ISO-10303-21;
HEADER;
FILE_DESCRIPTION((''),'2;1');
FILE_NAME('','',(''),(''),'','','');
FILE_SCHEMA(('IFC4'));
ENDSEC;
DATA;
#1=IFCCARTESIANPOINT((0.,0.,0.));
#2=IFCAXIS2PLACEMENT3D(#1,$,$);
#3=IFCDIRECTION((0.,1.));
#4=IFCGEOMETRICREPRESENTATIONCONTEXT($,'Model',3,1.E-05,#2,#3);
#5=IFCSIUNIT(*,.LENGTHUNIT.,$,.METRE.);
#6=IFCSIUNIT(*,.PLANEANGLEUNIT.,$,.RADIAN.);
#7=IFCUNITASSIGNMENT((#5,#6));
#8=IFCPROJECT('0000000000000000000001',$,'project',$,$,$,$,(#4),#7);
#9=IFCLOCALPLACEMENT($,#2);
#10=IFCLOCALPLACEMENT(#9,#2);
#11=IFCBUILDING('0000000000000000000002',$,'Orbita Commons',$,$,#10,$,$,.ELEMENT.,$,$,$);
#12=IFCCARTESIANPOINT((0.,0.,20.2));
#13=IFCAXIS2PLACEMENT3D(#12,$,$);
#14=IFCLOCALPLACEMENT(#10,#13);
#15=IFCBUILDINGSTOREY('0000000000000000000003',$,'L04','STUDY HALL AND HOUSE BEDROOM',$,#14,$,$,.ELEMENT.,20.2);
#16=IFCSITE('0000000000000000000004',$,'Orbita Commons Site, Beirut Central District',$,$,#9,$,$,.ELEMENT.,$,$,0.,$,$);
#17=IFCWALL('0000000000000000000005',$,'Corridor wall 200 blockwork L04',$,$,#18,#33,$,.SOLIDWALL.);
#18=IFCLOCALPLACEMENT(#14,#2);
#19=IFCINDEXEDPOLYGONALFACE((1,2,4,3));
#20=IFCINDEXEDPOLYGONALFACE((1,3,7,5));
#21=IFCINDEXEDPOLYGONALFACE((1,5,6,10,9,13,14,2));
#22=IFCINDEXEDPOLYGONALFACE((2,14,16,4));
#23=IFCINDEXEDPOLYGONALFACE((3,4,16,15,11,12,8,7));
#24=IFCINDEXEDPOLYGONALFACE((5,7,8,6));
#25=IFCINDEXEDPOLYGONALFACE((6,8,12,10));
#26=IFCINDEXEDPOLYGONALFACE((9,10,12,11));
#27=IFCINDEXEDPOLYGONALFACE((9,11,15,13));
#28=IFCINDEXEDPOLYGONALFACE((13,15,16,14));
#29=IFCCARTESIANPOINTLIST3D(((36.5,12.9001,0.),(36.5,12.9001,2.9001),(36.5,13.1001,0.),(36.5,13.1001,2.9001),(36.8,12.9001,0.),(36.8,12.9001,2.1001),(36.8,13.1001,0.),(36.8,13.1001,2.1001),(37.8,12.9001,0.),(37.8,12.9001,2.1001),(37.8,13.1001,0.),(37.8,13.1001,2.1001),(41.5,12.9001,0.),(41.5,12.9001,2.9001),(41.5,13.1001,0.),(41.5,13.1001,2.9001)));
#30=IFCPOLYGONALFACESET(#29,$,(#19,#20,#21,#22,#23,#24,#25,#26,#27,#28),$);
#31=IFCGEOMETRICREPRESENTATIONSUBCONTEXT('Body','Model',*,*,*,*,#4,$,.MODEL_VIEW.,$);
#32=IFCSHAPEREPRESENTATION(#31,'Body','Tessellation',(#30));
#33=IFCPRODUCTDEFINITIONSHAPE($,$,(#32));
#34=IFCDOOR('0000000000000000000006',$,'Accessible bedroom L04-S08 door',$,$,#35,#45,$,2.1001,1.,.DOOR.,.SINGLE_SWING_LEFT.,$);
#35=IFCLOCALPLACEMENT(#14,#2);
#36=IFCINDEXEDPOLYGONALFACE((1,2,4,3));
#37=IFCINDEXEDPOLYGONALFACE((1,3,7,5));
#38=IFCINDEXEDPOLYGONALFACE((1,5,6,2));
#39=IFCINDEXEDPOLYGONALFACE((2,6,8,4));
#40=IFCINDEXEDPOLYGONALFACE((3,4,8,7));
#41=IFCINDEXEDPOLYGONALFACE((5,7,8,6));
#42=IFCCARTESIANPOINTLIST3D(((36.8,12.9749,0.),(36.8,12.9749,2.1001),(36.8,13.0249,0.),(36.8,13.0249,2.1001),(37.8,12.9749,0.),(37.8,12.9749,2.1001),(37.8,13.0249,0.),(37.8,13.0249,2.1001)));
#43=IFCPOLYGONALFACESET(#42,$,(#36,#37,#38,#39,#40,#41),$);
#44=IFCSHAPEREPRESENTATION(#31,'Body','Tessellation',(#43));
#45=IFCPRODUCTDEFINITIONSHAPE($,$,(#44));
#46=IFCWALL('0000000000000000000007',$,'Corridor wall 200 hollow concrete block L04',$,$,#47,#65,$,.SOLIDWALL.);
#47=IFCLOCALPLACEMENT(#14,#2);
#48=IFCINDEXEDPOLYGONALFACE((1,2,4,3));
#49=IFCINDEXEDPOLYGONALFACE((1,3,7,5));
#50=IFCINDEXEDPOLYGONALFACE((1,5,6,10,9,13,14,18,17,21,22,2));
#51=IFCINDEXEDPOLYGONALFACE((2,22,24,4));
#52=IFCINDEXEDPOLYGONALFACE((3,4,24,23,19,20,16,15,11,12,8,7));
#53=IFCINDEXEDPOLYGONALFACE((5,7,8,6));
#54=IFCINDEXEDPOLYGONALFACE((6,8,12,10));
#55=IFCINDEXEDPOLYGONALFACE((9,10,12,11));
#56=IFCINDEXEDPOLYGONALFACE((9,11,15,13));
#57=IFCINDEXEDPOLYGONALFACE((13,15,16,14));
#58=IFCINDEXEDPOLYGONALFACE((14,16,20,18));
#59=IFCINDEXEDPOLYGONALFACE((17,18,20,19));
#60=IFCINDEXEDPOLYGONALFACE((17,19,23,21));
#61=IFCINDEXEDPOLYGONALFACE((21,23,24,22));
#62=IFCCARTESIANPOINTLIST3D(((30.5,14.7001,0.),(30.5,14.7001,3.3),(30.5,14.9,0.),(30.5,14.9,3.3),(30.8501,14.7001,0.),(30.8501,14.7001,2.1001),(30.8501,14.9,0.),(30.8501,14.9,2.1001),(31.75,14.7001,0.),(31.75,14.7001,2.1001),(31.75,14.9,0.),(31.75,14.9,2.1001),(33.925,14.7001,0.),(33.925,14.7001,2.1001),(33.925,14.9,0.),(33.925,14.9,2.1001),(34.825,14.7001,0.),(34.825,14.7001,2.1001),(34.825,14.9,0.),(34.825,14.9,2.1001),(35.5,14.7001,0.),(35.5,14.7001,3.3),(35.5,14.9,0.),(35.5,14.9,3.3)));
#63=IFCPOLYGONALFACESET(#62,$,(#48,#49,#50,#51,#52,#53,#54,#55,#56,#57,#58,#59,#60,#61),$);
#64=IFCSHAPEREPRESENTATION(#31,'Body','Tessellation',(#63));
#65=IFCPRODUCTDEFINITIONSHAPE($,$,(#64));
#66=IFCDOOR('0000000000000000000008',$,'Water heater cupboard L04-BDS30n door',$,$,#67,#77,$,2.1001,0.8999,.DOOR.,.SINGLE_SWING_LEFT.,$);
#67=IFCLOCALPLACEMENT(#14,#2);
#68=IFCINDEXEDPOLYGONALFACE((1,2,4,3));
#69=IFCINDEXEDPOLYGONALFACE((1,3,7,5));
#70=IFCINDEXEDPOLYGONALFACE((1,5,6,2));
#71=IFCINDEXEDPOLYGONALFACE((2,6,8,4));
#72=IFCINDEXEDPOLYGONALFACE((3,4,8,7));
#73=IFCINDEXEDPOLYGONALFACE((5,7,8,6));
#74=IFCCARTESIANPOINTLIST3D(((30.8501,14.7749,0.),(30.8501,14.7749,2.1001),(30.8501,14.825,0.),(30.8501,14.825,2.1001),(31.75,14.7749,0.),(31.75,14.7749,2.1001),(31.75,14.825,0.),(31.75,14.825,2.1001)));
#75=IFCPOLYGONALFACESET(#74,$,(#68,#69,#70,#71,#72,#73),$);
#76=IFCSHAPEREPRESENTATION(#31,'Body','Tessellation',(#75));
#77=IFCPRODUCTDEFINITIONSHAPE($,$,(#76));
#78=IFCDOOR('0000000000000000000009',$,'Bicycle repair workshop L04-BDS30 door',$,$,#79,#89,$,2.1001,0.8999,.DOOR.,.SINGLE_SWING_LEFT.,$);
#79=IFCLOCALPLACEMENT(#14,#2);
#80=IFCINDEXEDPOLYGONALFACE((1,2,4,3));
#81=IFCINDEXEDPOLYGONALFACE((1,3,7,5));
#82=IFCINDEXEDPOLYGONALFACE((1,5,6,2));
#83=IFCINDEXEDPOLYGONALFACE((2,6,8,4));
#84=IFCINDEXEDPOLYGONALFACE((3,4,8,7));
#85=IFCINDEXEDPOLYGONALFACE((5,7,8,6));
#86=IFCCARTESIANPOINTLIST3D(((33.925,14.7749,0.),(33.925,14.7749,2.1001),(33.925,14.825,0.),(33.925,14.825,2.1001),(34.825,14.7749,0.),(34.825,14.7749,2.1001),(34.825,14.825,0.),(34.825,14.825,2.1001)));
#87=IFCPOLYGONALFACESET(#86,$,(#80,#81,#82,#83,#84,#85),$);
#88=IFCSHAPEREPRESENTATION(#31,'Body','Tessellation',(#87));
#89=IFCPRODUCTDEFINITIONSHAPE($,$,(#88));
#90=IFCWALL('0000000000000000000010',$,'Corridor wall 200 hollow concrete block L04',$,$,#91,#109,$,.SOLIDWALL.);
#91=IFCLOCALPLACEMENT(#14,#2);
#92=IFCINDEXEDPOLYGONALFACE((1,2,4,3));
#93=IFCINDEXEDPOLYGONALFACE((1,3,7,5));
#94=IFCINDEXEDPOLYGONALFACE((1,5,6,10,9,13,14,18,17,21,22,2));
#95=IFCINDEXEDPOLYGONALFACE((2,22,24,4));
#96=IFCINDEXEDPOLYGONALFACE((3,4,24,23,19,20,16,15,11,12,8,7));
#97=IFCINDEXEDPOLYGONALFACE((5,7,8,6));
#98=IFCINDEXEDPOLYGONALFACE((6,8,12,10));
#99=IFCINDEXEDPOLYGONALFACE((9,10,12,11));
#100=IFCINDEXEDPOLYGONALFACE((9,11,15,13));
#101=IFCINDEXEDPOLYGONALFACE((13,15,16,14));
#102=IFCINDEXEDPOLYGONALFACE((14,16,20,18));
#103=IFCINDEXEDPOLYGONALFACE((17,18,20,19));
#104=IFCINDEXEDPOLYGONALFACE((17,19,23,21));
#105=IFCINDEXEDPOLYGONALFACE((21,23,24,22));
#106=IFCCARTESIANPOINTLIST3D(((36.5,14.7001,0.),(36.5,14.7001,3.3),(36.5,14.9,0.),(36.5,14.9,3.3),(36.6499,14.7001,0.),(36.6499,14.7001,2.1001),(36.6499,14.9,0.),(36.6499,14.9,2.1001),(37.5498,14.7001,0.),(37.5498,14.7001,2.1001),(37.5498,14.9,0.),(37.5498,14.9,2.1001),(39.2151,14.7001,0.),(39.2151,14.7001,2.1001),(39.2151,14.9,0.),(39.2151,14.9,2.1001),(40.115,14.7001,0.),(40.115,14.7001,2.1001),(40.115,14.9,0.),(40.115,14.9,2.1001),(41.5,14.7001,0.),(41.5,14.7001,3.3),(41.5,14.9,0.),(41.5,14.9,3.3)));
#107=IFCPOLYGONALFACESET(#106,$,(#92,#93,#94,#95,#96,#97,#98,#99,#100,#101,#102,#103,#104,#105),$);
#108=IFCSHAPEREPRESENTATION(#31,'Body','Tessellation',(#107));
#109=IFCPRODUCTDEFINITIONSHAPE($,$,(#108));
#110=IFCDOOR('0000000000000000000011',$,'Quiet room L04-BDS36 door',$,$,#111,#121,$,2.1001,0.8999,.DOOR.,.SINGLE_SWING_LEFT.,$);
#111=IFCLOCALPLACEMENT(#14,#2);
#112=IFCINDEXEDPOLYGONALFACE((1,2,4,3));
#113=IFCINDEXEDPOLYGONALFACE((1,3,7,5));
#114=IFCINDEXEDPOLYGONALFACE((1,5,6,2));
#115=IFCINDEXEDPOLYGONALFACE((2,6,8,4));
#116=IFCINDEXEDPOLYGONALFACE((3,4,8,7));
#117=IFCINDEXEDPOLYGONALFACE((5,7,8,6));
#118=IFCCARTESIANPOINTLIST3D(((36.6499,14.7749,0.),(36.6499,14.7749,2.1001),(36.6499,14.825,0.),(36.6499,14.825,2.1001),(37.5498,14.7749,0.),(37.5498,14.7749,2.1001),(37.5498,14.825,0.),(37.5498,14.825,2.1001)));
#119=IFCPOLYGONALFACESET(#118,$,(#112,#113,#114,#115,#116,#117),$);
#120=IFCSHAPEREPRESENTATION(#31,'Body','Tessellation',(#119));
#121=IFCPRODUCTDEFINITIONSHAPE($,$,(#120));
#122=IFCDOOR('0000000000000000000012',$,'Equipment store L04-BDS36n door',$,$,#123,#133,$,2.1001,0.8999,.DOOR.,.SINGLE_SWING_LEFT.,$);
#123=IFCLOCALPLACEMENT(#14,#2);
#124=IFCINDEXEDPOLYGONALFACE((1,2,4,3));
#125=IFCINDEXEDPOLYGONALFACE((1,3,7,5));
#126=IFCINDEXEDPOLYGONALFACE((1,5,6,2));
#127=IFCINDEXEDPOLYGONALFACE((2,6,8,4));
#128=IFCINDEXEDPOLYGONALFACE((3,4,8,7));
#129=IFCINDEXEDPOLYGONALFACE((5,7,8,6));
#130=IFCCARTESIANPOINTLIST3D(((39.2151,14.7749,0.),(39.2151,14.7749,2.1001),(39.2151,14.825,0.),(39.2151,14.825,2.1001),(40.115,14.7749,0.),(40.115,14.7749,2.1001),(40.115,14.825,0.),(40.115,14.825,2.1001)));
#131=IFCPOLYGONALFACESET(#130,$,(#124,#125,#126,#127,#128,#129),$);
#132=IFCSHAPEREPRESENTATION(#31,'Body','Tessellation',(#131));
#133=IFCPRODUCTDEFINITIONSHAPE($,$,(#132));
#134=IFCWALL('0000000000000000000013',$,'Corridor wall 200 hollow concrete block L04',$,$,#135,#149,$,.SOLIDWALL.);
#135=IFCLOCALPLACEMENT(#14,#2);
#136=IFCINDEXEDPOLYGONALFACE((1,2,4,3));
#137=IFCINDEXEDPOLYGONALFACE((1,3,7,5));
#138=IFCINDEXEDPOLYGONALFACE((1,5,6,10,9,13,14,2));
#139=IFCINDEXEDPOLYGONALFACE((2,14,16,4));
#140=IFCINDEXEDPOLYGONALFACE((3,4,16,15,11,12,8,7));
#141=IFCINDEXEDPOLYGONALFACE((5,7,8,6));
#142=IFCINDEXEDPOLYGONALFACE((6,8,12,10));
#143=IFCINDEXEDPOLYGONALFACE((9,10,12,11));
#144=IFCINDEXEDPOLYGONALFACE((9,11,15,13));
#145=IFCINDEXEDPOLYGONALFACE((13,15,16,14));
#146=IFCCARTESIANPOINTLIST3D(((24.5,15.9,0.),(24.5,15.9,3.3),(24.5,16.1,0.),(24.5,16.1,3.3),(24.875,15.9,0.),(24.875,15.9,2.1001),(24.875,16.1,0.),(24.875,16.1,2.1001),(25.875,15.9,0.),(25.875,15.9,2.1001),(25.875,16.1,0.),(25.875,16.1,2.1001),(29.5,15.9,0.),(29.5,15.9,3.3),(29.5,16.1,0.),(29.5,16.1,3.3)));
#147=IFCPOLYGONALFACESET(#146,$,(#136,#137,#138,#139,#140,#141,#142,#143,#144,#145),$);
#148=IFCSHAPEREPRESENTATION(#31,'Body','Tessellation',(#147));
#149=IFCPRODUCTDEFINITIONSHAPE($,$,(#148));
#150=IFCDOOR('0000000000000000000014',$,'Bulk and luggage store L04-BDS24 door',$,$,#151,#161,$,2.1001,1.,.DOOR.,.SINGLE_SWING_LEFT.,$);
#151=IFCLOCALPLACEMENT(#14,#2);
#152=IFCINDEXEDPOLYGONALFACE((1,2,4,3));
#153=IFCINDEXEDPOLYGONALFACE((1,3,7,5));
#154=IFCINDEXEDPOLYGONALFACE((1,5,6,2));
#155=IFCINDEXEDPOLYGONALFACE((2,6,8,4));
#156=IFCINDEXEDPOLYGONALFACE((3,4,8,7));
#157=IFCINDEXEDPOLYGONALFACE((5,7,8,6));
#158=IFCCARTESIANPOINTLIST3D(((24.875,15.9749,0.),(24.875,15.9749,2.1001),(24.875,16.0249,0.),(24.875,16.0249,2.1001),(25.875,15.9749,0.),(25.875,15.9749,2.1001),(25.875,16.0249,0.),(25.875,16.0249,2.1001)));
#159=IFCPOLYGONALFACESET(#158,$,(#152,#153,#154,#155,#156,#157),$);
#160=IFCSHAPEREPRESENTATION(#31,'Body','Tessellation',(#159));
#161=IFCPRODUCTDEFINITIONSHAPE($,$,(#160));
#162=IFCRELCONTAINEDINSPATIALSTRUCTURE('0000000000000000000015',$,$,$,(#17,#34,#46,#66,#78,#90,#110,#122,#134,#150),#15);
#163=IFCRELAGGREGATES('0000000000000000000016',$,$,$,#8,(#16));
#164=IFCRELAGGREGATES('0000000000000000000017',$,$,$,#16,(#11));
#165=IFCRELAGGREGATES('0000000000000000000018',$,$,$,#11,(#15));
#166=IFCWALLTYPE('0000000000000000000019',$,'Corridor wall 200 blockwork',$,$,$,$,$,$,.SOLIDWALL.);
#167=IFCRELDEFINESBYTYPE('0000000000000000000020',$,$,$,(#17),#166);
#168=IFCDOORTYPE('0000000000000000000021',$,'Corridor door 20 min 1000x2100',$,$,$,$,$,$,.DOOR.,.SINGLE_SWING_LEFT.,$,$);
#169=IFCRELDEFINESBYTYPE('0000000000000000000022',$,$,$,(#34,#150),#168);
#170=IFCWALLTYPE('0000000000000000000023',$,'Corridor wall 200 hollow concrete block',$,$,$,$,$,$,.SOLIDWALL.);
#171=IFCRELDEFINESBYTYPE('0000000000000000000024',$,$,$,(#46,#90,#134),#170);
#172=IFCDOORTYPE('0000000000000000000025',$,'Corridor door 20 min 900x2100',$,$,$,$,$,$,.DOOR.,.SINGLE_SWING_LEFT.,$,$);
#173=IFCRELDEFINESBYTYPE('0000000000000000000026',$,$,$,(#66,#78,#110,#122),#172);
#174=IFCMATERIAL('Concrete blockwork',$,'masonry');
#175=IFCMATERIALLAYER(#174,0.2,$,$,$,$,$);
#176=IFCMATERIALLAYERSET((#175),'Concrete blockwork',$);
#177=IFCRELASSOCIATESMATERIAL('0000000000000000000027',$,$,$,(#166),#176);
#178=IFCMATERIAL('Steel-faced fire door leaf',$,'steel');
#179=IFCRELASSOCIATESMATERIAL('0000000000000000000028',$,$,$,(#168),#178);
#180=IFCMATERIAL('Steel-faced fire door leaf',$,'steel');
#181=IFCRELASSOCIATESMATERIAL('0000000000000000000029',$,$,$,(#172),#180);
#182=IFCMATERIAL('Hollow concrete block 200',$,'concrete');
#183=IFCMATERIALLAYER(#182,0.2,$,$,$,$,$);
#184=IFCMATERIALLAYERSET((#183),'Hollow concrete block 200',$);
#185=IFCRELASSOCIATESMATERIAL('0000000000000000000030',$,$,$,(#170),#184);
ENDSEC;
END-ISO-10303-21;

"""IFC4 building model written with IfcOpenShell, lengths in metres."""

from ifc_helpers import new_model, si_unit, direction, frame, frame_2d, origin, place, context, subcontext, project, spatial, polyline, rectangle, outline, extrude, material, layer, layer_set, type_object, element, fill, save


model = new_model("IFC4")

# Units and contexts
model_context = context("Model", 3, precision=1e-05, world=origin(), true_north=direction((0.0, 1.0)))
body_context = subcontext(model_context, "Body", "Model", "MODEL_VIEW")
ifc_project = project(units=[si_unit("LENGTHUNIT", "METRE"), si_unit("PLANEANGLEUNIT", "RADIAN")], contexts=[model_context])

# Site, building, storey
site_placement = place(None, origin())
site = spatial("IfcSite", under=ifc_project, at=site_placement, Name="Orbita Commons Site, Beirut Central District", CompositionType="ELEMENT", RefElevation=0.0)
building_placement = place(site_placement, origin())
building = spatial("IfcBuilding", under=site, at=building_placement, Name="Orbita Commons", CompositionType="ELEMENT")
storey_placement = place(building_placement, frame((0.0, 0.0, 20.2)))
storey = spatial("IfcBuildingStorey", under=building, at=storey_placement, Name="L04", Description="STUDY HALL AND HOUSE BEDROOM", CompositionType="ELEMENT", Elevation=20.2)

# Shared definitions
ifc_material_1 = material(Name="Concrete blockwork", Category="masonry")
ifc_layer_1 = layer(ifc_material_1, 0.2)
ifc_layer_set_1 = layer_set([ifc_layer_1], Name="Concrete blockwork")
wall_type_1 = type_object("IfcWallType", Name="Corridor wall 200 blockwork", PredefinedType="SOLIDWALL", material=ifc_layer_set_1)
ifc_material_2 = material(Name="Steel-faced fire door leaf", Category="steel")
door_type_1 = type_object("IfcDoorType", Name="Corridor door 20 min 1000x2100", OperationType="SINGLE_SWING_LEFT", PredefinedType="DOOR", material=ifc_material_2)

# Shared definitions
ifc_material_3 = material(Name="Steel-faced fire door leaf", Category="steel")
door_type_2 = type_object("IfcDoorType", Name="Corridor door 20 min 900x2100", OperationType="SINGLE_SWING_LEFT", PredefinedType="DOOR", material=ifc_material_3)

# Wall, opening, door
wall_1_placement = place(storey_placement, frame((36.5, 13.0, 0.0), z_axis=(0.0, 0.0, 1.0), x_axis=(1.0, 0.0, 0.0)))
wall_1 = element("IfcWall", 1, at=wall_1_placement, inside=storey, type_object=wall_type_1, Name="Corridor wall 200 blockwork L04", PredefinedType="SOLIDWALL", context=body_context, shape_type="SweptSolid", body=[
    extrude(outline(polyline([(0.0, 0.0), (5.0, 0.0), (5.0, 2.9001), (0.0, 2.9001), (0.0, 0.0)])), frame((0.0, 0.1001, 0.0), z_axis=(0.0, -1.0, 0.0), x_axis=(1.0, 0.0, 0.0)), (0.0, 0.0, 1.0), 0.2),
])
opening_1_placement = place(wall_1_placement, frame((0.3, 0.0, 0.0)))
opening_1 = element("IfcOpeningElement", 2, at=opening_1_placement, cuts=wall_1, PredefinedType="OPENING", context=body_context, shape_type="SweptSolid", body=[
    extrude(rectangle(XDim=1.0, YDim=2.1001, at=frame_2d((0.5, 1.05))), frame((0.0, 0.1099, 0.0), z_axis=(0.0, -1.0, 0.0), x_axis=(1.0, 0.0, 0.0)), (0.0, 0.0, 1.0), 0.22),
])
door_1_placement = place(opening_1_placement, origin())
door_1 = element("IfcDoor", 3, at=door_1_placement, inside=storey, type_object=door_type_1, Name="Accessible bedroom L04-S08 door", OperationType="SINGLE_SWING_LEFT", OverallHeight=2.1001, OverallWidth=1.0, PredefinedType="DOOR", context=body_context, shape_type="SweptSolid", body=[
    extrude(rectangle(XDim=1.0, YDim=2.1001, at=frame_2d((0.5, 1.05))), frame((0.0, 0.0249, 0.0), z_axis=(0.0, -1.0, 0.0), x_axis=(1.0, 0.0, 0.0)), (0.0, 0.0, 1.0), 0.05),
])
fill(opening_1, door_1)

# Walls, openings, doors
ifc_material_4 = material(Name="Hollow concrete block 200", Category="concrete")
ifc_layer_2 = layer(ifc_material_4, 0.2)
ifc_layer_set_2 = layer_set([ifc_layer_2], Name="Hollow concrete block 200")
wall_type_2 = type_object("IfcWallType", Name="Corridor wall 200 hollow concrete block", PredefinedType="SOLIDWALL", material=ifc_layer_set_2)
wall_2_placement = place(storey_placement, frame((30.5, 14.8, 0.0), z_axis=(0.0, 0.0, 1.0), x_axis=(1.0, 0.0, 0.0)))
wall_2 = element("IfcWall", 4, at=wall_2_placement, inside=storey, type_object=wall_type_2, Name="Corridor wall 200 hollow concrete block L04", PredefinedType="SOLIDWALL", context=body_context, shape_type="SweptSolid", body=[
    extrude(rectangle(XDim=5.0, YDim=0.2, at=frame_2d((2.5, 0.0))), origin(), (0.0, 0.0, 1.0), 3.3),
])
opening_2_placement = place(wall_2_placement, frame((0.3501, 0.0, 0.0)))
opening_2 = element("IfcOpeningElement", 5, at=opening_2_placement, cuts=wall_2, PredefinedType="OPENING", context=body_context, shape_type="SweptSolid", body=[
    extrude(rectangle(XDim=0.8999, YDim=2.1001, at=frame_2d((0.45, 1.05))), frame((0.0, 0.1099, 0.0), z_axis=(0.0, -1.0, 0.0), x_axis=(1.0, 0.0, 0.0)), (0.0, 0.0, 1.0), 0.22),
])
opening_3_placement = place(wall_2_placement, frame((3.425, 0.0, 0.0)))
opening_3 = element("IfcOpeningElement", 6, at=opening_3_placement, cuts=wall_2, PredefinedType="OPENING", context=body_context, shape_type="SweptSolid", body=[
    extrude(rectangle(XDim=0.8999, YDim=2.1001, at=frame_2d((0.45, 1.05))), frame((0.0, 0.1099, 0.0), z_axis=(0.0, -1.0, 0.0), x_axis=(1.0, 0.0, 0.0)), (0.0, 0.0, 1.0), 0.22),
])
door_2_placement = place(opening_2_placement, origin())
door_2 = element("IfcDoor", 7, at=door_2_placement, inside=storey, type_object=door_type_2, Name="Water heater cupboard L04-BDS30n door", OperationType="SINGLE_SWING_LEFT", OverallHeight=2.1001, OverallWidth=0.8999, PredefinedType="DOOR", context=body_context, shape_type="SweptSolid", body=[
    extrude(rectangle(XDim=0.8999, YDim=2.1001, at=frame_2d((0.45, 1.05))), frame((0.0, 0.0249, 0.0), z_axis=(0.0, -1.0, 0.0), x_axis=(1.0, 0.0, 0.0)), (0.0, 0.0, 1.0), 0.05),
])
fill(opening_2, door_2)
door_3_placement = place(opening_3_placement, origin())
door_3 = element("IfcDoor", 8, at=door_3_placement, inside=storey, type_object=door_type_2, Name="Bicycle repair workshop L04-BDS30 door", OperationType="SINGLE_SWING_LEFT", OverallHeight=2.1001, OverallWidth=0.8999, PredefinedType="DOOR", context=body_context, shape_type="SweptSolid", body=[
    extrude(rectangle(XDim=0.8999, YDim=2.1001, at=frame_2d((0.45, 1.05))), frame((0.0, 0.0249, 0.0), z_axis=(0.0, -1.0, 0.0), x_axis=(1.0, 0.0, 0.0)), (0.0, 0.0, 1.0), 0.05),
])
fill(opening_3, door_3)
wall_3_placement = place(storey_placement, frame((36.5, 14.8, 0.0), z_axis=(0.0, 0.0, 1.0), x_axis=(1.0, 0.0, 0.0)))
wall_3 = element("IfcWall", 9, at=wall_3_placement, inside=storey, type_object=wall_type_2, Name="Corridor wall 200 hollow concrete block L04", PredefinedType="SOLIDWALL", context=body_context, shape_type="SweptSolid", body=[
    extrude(rectangle(XDim=5.0, YDim=0.2, at=frame_2d((2.5, 0.0))), origin(), (0.0, 0.0, 1.0), 3.3),
])
opening_4_placement = place(wall_3_placement, frame((0.1499, 0.0, 0.0)))
opening_4 = element("IfcOpeningElement", 10, at=opening_4_placement, cuts=wall_3, PredefinedType="OPENING", context=body_context, shape_type="SweptSolid", body=[
    extrude(rectangle(XDim=0.8999, YDim=2.1001, at=frame_2d((0.45, 1.05))), frame((0.0, 0.1099, 0.0), z_axis=(0.0, -1.0, 0.0), x_axis=(1.0, 0.0, 0.0)), (0.0, 0.0, 1.0), 0.22),
])
opening_5_placement = place(wall_3_placement, frame((2.7151, 0.0, 0.0)))
opening_5 = element("IfcOpeningElement", 11, at=opening_5_placement, cuts=wall_3, PredefinedType="OPENING", context=body_context, shape_type="SweptSolid", body=[
    extrude(rectangle(XDim=0.8999, YDim=2.1001, at=frame_2d((0.45, 1.05))), frame((0.0, 0.1099, 0.0), z_axis=(0.0, -1.0, 0.0), x_axis=(1.0, 0.0, 0.0)), (0.0, 0.0, 1.0), 0.22),
])
door_4_placement = place(opening_4_placement, origin())
door_4 = element("IfcDoor", 12, at=door_4_placement, inside=storey, type_object=door_type_2, Name="Quiet room L04-BDS36 door", OperationType="SINGLE_SWING_LEFT", OverallHeight=2.1001, OverallWidth=0.8999, PredefinedType="DOOR", context=body_context, shape_type="SweptSolid", body=[
    extrude(rectangle(XDim=0.8999, YDim=2.1001, at=frame_2d((0.45, 1.05))), frame((0.0, 0.0249, 0.0), z_axis=(0.0, -1.0, 0.0), x_axis=(1.0, 0.0, 0.0)), (0.0, 0.0, 1.0), 0.05),
])
fill(opening_4, door_4)
door_5_placement = place(opening_5_placement, origin())
door_5 = element("IfcDoor", 13, at=door_5_placement, inside=storey, type_object=door_type_2, Name="Equipment store L04-BDS36n door", OperationType="SINGLE_SWING_LEFT", OverallHeight=2.1001, OverallWidth=0.8999, PredefinedType="DOOR", context=body_context, shape_type="SweptSolid", body=[
    extrude(rectangle(XDim=0.8999, YDim=2.1001, at=frame_2d((0.45, 1.05))), frame((0.0, 0.0249, 0.0), z_axis=(0.0, -1.0, 0.0), x_axis=(1.0, 0.0, 0.0)), (0.0, 0.0, 1.0), 0.05),
])
fill(opening_5, door_5)

# Wall, opening, door
wall_4_placement = place(storey_placement, frame((24.5, 16.0, 0.0), z_axis=(0.0, 0.0, 1.0), x_axis=(1.0, 0.0, 0.0)))
wall_4 = element("IfcWall", 14, at=wall_4_placement, inside=storey, type_object=wall_type_2, Name="Corridor wall 200 hollow concrete block L04", PredefinedType="SOLIDWALL", context=body_context, shape_type="SweptSolid", body=[
    extrude(rectangle(XDim=5.0, YDim=0.2, at=frame_2d((2.5, 0.0))), origin(), (0.0, 0.0, 1.0), 3.3),
])
opening_6_placement = place(wall_4_placement, frame((0.375, 0.0, 0.0)))
opening_6 = element("IfcOpeningElement", 15, at=opening_6_placement, cuts=wall_4, PredefinedType="OPENING", context=body_context, shape_type="SweptSolid", body=[
    extrude(rectangle(XDim=1.0, YDim=2.1001, at=frame_2d((0.5, 1.05))), frame((0.0, 0.1099, 0.0), z_axis=(0.0, -1.0, 0.0), x_axis=(1.0, 0.0, 0.0)), (0.0, 0.0, 1.0), 0.22),
])
door_6_placement = place(opening_6_placement, origin())
door_6 = element("IfcDoor", 16, at=door_6_placement, inside=storey, type_object=door_type_1, Name="Bulk and luggage store L04-BDS24 door", OperationType="SINGLE_SWING_LEFT", OverallHeight=2.1001, OverallWidth=1.0, PredefinedType="DOOR", context=body_context, shape_type="SweptSolid", body=[
    extrude(rectangle(XDim=1.0, YDim=2.1001, at=frame_2d((0.5, 1.05))), frame((0.0, 0.0249, 0.0), z_axis=(0.0, -1.0, 0.0), x_axis=(1.0, 0.0, 0.0)), (0.0, 0.0, 1.0), 0.05),
])
fill(opening_6, door_6)

save(model, "model.ifc")
